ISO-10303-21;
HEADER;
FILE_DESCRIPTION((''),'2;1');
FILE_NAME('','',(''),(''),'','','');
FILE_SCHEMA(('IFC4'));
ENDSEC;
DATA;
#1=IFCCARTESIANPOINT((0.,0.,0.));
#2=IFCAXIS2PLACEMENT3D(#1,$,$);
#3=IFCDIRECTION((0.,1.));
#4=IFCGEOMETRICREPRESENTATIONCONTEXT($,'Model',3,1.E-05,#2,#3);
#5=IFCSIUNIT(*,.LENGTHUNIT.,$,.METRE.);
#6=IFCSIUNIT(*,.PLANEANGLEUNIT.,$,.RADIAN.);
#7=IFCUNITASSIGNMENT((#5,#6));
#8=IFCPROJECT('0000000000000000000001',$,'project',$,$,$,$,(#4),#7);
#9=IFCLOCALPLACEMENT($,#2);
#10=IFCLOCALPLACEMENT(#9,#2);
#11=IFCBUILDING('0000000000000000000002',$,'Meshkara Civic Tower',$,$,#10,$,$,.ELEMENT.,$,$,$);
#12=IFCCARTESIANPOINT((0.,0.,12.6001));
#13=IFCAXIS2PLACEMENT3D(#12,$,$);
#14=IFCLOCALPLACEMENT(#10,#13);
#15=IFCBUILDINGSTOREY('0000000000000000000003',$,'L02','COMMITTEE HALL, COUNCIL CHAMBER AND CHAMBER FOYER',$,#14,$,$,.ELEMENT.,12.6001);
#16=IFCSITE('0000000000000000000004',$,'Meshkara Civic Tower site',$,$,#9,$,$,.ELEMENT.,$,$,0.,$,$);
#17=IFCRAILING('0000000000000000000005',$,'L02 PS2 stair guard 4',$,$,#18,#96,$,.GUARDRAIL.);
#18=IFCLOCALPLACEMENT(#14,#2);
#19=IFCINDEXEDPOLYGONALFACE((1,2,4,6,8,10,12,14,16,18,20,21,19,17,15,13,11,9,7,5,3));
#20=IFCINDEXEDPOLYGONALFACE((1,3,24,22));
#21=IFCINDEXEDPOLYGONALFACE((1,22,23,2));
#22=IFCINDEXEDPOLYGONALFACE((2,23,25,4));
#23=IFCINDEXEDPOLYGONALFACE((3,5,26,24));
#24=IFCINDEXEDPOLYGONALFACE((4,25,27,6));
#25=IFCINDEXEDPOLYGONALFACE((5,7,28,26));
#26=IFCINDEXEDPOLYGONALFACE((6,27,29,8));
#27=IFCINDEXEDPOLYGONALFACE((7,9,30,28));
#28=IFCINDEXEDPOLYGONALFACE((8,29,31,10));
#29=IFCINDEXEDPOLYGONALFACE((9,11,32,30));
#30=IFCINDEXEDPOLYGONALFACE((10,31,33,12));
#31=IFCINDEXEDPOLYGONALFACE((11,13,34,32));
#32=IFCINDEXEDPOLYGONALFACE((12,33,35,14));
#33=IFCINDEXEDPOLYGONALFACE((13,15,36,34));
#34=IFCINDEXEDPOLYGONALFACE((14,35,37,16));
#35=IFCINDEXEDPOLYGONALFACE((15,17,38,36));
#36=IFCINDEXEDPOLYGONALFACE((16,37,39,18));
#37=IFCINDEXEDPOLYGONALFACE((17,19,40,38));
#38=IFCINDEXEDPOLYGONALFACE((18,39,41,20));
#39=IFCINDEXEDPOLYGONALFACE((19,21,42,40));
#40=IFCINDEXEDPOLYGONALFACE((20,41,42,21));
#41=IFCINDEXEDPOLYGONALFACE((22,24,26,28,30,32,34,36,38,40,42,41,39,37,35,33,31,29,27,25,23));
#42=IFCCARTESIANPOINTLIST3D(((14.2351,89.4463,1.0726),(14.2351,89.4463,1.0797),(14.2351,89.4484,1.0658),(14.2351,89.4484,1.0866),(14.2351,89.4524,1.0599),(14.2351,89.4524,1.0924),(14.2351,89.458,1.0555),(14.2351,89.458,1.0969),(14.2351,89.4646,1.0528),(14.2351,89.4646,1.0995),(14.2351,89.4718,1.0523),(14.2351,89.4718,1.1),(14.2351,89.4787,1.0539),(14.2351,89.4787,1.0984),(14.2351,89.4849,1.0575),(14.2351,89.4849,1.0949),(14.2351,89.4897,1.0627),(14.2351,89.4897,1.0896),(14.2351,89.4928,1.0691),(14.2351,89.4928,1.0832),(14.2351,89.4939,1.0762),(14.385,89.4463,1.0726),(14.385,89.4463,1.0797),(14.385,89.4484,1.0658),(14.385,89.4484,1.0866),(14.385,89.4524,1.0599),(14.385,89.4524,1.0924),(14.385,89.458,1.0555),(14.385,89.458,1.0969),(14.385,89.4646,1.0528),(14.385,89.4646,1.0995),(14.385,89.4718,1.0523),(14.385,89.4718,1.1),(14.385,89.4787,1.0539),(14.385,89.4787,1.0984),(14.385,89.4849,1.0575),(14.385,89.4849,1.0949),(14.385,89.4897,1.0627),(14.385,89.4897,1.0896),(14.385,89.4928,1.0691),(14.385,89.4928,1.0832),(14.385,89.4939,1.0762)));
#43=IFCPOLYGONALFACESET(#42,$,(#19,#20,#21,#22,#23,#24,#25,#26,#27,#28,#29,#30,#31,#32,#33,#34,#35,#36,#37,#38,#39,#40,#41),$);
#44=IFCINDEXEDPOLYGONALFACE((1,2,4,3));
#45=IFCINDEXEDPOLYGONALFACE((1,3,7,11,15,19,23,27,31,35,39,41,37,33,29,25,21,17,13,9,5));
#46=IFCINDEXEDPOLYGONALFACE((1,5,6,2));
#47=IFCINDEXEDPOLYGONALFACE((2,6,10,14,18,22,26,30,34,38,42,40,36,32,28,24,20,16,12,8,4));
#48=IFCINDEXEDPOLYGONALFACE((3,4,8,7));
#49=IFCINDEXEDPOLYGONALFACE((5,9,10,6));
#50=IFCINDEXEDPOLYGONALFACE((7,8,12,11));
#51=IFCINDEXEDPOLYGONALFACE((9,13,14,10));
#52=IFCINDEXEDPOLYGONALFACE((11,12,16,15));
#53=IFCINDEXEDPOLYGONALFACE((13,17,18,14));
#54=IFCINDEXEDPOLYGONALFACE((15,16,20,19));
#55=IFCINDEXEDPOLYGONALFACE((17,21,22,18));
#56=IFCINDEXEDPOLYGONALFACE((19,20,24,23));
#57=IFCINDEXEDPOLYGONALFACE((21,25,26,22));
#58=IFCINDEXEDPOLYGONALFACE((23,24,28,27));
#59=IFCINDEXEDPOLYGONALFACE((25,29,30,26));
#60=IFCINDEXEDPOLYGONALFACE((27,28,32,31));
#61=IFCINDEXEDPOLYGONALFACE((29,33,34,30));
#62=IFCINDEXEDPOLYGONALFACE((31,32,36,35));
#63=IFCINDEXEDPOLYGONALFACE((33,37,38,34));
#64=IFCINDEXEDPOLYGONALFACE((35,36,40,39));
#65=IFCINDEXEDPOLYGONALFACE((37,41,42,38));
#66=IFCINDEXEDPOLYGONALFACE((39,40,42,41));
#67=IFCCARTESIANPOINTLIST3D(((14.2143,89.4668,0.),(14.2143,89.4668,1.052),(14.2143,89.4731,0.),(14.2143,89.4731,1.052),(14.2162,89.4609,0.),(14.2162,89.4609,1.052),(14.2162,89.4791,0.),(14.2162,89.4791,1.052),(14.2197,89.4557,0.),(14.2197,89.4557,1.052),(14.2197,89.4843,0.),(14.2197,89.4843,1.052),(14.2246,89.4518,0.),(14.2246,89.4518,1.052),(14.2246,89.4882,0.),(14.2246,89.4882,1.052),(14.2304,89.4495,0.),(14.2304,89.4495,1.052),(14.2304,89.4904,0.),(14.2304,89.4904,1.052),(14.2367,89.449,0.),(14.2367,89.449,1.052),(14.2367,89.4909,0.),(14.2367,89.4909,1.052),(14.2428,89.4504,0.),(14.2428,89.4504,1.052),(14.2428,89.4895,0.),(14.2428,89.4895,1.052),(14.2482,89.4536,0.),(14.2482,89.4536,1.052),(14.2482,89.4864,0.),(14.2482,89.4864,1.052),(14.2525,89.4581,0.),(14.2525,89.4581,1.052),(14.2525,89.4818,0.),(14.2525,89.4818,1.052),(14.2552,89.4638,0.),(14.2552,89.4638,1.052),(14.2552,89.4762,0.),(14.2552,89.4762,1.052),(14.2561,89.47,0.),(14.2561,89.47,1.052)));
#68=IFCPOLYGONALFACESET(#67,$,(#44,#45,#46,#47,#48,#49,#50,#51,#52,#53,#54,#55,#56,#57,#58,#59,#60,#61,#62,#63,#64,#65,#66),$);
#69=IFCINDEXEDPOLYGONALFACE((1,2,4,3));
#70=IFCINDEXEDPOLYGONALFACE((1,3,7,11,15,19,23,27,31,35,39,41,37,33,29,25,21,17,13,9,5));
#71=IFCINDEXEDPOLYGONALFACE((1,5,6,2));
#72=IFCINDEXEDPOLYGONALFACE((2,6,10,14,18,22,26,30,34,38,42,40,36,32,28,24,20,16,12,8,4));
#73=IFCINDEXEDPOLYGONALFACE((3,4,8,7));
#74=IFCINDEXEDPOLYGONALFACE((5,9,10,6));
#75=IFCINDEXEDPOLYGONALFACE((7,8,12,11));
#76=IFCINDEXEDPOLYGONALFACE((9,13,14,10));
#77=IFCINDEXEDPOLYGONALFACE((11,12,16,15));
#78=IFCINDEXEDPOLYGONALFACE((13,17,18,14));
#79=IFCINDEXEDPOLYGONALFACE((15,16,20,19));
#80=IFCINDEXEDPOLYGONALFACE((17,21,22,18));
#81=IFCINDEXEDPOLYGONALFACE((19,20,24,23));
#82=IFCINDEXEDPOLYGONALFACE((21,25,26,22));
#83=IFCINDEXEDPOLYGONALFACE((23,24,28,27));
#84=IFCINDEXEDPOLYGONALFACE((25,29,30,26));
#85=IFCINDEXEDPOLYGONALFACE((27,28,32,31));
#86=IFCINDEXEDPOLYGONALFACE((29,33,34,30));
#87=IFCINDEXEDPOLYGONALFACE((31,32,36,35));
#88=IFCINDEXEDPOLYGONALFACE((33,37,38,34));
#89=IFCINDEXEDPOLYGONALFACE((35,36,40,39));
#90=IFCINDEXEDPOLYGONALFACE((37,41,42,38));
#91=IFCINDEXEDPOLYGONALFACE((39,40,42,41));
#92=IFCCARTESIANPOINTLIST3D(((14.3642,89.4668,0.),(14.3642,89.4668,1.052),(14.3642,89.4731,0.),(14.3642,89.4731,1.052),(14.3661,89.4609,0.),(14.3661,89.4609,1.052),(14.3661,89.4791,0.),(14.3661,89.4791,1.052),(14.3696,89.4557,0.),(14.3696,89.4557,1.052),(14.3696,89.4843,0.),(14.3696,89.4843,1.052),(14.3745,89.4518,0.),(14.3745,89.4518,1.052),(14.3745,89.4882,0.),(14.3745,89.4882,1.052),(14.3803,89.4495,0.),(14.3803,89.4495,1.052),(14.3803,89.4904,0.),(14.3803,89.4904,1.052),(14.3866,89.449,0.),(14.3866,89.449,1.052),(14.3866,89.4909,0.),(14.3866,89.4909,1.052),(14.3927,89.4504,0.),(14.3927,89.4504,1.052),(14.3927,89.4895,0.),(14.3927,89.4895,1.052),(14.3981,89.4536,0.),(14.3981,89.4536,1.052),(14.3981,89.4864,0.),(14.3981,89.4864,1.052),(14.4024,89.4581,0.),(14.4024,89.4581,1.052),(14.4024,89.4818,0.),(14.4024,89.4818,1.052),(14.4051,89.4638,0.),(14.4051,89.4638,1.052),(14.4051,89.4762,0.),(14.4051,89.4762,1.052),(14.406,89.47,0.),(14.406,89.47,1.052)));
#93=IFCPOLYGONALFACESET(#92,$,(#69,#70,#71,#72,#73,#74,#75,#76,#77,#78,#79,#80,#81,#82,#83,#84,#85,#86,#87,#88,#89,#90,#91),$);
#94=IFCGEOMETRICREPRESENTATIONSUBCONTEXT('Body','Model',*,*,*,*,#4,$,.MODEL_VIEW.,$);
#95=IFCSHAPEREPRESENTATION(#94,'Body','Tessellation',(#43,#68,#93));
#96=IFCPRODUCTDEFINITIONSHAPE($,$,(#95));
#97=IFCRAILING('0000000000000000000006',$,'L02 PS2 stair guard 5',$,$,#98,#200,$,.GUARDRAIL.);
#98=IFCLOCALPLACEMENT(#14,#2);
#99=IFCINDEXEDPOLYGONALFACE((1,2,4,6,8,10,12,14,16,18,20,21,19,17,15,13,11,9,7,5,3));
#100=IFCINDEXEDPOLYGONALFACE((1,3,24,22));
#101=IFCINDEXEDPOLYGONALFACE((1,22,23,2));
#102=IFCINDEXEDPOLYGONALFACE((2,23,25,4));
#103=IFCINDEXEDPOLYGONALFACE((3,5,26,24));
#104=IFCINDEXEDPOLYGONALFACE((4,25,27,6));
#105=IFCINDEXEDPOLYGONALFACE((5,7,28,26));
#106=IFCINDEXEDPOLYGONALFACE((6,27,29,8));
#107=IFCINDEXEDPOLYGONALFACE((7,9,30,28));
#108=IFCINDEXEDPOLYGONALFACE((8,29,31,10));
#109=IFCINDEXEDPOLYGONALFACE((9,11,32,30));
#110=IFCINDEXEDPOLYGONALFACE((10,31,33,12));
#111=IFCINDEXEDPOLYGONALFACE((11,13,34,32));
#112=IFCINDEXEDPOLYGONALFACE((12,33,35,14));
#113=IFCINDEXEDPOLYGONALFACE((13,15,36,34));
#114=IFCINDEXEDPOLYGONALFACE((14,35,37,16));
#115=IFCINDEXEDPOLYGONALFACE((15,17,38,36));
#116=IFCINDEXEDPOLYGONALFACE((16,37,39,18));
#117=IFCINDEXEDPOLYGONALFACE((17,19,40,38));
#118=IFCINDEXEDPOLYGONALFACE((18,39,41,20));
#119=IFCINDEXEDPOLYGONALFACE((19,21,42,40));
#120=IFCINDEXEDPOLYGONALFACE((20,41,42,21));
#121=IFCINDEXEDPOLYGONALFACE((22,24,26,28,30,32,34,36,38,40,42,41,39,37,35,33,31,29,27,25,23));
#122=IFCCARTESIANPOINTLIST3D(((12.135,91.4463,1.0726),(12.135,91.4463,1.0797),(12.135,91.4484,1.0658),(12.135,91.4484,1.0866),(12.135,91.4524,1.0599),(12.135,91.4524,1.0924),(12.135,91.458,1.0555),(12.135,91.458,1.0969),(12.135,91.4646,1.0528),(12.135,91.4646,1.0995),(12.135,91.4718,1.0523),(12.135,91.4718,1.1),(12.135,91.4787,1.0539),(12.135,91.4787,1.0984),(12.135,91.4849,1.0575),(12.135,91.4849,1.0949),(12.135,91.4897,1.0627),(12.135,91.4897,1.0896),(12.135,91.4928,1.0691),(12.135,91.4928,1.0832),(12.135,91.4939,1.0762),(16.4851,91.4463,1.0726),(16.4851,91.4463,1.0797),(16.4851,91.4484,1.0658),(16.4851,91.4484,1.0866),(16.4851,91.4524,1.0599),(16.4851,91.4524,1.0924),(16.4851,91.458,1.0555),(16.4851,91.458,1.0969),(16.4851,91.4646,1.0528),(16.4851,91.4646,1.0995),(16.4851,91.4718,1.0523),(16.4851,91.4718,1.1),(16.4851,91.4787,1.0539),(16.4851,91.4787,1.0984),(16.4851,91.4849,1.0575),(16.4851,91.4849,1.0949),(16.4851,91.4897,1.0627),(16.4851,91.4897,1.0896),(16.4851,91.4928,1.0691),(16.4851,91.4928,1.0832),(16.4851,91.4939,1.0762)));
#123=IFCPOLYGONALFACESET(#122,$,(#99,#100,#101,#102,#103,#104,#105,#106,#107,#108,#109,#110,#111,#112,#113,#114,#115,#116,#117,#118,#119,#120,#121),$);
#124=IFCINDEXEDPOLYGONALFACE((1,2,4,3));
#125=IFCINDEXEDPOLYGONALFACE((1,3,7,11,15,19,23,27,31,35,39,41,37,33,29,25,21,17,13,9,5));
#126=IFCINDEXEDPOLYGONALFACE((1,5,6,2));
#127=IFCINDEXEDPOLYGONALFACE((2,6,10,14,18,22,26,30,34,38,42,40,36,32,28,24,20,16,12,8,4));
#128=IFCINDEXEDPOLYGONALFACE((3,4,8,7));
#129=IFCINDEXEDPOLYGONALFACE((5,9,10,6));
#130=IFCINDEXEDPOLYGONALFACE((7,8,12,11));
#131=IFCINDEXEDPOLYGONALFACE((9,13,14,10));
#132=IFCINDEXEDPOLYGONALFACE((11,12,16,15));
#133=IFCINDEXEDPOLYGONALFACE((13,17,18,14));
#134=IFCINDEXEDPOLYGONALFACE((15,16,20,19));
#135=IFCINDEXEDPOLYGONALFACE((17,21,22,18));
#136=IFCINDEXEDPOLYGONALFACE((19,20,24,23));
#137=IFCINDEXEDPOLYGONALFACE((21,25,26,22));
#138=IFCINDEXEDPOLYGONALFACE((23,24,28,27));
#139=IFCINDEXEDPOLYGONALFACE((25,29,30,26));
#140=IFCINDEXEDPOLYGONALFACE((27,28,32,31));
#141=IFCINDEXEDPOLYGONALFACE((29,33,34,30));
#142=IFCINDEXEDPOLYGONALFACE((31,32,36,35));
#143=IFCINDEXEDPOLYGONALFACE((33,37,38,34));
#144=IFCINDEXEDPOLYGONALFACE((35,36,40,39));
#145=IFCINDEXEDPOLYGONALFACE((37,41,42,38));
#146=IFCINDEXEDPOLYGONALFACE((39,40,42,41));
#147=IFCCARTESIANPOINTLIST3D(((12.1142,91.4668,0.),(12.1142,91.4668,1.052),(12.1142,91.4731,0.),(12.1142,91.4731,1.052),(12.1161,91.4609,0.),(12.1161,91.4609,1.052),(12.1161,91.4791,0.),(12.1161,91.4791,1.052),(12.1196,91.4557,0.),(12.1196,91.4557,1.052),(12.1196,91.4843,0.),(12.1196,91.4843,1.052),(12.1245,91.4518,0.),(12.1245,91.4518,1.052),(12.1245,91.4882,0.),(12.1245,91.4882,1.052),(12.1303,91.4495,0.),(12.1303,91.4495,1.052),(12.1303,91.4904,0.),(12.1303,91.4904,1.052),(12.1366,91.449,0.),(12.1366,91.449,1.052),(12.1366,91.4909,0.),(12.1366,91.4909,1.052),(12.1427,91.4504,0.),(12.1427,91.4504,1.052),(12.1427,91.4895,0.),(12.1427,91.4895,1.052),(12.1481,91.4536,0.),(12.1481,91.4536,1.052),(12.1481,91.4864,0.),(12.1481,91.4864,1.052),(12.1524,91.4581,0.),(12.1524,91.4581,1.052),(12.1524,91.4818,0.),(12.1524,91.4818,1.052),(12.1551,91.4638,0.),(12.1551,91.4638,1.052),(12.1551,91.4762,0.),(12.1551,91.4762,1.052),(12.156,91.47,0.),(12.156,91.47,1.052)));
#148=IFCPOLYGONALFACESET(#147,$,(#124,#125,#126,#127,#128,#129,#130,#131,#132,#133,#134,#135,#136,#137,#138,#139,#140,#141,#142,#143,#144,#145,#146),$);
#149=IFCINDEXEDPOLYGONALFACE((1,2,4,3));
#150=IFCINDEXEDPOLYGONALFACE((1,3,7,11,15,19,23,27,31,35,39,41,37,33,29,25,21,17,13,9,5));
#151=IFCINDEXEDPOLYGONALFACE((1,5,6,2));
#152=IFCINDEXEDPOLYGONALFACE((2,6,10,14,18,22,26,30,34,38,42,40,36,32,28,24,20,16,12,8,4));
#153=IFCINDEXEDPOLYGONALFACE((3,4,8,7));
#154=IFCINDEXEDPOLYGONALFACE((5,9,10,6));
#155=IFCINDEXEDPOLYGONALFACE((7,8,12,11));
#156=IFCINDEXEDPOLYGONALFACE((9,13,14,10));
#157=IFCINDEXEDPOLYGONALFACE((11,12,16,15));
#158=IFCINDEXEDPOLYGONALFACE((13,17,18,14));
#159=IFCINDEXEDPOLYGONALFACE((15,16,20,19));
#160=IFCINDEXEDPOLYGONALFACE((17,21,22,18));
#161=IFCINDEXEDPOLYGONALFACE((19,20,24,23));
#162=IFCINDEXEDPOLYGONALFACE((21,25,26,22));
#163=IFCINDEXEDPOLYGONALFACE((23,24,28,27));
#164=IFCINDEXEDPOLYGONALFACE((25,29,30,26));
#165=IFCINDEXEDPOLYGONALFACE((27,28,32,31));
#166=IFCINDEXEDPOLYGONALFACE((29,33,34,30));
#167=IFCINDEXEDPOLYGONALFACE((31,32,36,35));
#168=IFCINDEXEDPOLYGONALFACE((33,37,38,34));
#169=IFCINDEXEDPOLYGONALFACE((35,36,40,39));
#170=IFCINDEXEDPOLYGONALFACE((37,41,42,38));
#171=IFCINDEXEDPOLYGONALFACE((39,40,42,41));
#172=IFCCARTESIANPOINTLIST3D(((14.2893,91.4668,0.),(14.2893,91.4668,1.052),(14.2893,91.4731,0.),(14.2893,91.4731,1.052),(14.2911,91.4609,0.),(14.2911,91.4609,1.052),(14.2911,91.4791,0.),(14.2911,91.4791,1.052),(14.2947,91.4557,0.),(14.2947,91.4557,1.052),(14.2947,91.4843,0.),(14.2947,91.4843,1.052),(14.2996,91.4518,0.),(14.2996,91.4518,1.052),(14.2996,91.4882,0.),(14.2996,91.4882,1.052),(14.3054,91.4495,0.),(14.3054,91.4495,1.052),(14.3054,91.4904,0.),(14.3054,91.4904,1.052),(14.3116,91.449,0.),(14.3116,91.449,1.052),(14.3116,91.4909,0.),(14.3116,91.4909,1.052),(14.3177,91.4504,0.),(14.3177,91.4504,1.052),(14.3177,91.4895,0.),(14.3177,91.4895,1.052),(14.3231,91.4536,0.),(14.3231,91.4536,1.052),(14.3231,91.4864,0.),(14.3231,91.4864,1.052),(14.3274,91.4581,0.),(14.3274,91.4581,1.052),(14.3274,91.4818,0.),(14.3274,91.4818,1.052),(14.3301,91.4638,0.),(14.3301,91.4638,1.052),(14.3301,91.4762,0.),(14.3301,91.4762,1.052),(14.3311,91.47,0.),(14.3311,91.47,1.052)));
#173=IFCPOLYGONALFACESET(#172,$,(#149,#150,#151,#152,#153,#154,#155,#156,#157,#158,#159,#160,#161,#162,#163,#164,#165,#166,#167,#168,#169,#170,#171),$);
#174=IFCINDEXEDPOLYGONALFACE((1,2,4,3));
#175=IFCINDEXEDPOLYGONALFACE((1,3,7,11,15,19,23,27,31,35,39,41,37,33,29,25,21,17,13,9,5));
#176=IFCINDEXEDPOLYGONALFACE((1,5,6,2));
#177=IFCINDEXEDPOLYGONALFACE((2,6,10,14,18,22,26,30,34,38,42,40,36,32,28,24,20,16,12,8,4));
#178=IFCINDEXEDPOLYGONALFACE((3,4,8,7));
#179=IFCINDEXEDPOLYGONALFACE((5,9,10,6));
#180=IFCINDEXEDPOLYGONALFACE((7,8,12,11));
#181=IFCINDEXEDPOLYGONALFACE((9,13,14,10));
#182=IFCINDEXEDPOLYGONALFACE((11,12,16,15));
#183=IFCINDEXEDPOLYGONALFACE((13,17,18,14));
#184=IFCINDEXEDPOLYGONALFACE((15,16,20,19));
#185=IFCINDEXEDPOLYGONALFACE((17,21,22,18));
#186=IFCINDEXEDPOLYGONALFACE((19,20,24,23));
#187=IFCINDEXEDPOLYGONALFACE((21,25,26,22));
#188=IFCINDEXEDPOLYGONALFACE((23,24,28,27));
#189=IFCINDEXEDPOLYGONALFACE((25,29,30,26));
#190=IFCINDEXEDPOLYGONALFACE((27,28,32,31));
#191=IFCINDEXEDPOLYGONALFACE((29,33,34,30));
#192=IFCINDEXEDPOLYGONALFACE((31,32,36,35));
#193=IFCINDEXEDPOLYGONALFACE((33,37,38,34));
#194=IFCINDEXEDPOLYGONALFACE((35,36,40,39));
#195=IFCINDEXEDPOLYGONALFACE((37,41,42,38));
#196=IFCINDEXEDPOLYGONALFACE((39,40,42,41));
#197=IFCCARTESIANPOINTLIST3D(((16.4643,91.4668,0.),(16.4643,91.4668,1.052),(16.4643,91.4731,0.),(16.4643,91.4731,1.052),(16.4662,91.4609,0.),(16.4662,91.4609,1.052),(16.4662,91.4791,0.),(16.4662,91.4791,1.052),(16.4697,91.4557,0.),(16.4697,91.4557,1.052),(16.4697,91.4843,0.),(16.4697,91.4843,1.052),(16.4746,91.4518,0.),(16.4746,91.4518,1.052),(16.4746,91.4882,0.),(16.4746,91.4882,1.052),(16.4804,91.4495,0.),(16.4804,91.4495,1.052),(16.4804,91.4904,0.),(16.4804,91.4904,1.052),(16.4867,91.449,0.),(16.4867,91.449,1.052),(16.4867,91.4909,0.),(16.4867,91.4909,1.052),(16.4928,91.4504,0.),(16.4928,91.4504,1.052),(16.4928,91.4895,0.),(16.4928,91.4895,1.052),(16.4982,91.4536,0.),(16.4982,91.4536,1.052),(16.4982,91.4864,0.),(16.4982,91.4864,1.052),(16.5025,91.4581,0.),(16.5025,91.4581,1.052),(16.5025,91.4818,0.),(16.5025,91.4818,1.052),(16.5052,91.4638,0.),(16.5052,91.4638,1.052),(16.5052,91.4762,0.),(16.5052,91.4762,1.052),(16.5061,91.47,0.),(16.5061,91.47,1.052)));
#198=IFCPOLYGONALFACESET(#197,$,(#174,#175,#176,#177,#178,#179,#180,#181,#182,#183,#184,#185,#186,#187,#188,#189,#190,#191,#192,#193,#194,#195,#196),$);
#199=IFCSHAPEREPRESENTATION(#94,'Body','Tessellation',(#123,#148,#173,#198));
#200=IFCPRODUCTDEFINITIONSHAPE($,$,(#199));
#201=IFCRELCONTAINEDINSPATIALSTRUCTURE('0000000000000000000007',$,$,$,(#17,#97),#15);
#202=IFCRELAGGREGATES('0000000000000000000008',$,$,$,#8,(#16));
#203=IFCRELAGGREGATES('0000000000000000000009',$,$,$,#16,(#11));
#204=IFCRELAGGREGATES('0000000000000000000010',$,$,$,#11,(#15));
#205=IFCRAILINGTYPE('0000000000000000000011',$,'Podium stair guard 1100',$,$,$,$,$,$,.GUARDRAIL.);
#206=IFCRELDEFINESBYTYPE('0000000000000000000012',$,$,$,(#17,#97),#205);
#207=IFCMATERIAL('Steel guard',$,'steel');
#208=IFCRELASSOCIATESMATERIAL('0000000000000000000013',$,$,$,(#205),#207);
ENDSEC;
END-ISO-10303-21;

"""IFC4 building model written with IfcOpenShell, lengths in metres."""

from ifc_helpers import new_model, si_unit, direction, frame, origin, origin_2d, place, context, subcontext, project, spatial, circle, extrude, material, type_object, element, save


model = new_model("IFC4")

# Units and contexts
model_context = context("Model", 3, precision=1e-05, world=origin(), true_north=direction((0.0, 1.0)))
body_context = subcontext(model_context, "Body", "Model", "MODEL_VIEW")
ifc_project = project(units=[si_unit("LENGTHUNIT", "METRE"), si_unit("PLANEANGLEUNIT", "RADIAN")], contexts=[model_context])

# Site, building, storey
site_placement = place(None, origin())
site = spatial("IfcSite", under=ifc_project, at=site_placement, Name="Meshkara Civic Tower site", CompositionType="ELEMENT", RefElevation=0.0)
building_placement = place(site_placement, origin())
building = spatial("IfcBuilding", under=site, at=building_placement, Name="Meshkara Civic Tower", CompositionType="ELEMENT")
storey_placement = place(building_placement, frame((0.0, 0.0, 12.6001)))
storey = spatial("IfcBuildingStorey", under=building, at=storey_placement, Name="L02", Description="COMMITTEE HALL, COUNCIL CHAMBER AND CHAMBER FOYER", CompositionType="ELEMENT", Elevation=12.6001)

# Railings
ifc_material_1 = material(Name="Steel guard", Category="steel")
railing_type_1 = type_object("IfcRailingType", Name="Podium stair guard 1100", PredefinedType="GUARDRAIL", material=ifc_material_1)
railing_1_placement = place(storey_placement, frame((14.2351, 89.47, 0.0)))
element("IfcRailing", 1, at=railing_1_placement, inside=storey, type_object=railing_type_1, Name="L02 PS2 stair guard 4", PredefinedType="GUARDRAIL", context=body_context, shape_type="SweptSolid", body=[
    extrude(circle(Radius=0.0239, at=origin_2d()), frame((0.0, 0.0, 1.0762), z_axis=(1.0, 0.0, 0.0), x_axis=(0.0, 1.0, 0.0)), (0.0, 0.0, 1.0), 0.1499),
    extrude(circle(Radius=0.021, at=origin_2d()), origin(), (0.0, 0.0, 1.0), 1.052),
    extrude(circle(Radius=0.021, at=origin_2d()), frame((0.1499, 0.0, 0.0)), (0.0, 0.0, 1.0), 1.052),
])
railing_2_placement = place(storey_placement, frame((12.135, 91.47, 0.0)))
element("IfcRailing", 2, at=railing_2_placement, inside=storey, type_object=railing_type_1, Name="L02 PS2 stair guard 5", PredefinedType="GUARDRAIL", context=body_context, shape_type="SweptSolid", body=[
    extrude(circle(Radius=0.0239, at=origin_2d()), frame((0.0, 0.0, 1.0762), z_axis=(1.0, 0.0, 0.0), x_axis=(0.0, 1.0, 0.0)), (0.0, 0.0, 1.0), 4.3501),
    extrude(circle(Radius=0.021, at=origin_2d()), origin(), (0.0, 0.0, 1.0), 1.052),
    extrude(circle(Radius=0.021, at=origin_2d()), frame((2.175, 0.0, 0.0)), (0.0, 0.0, 1.0), 1.052),
    extrude(circle(Radius=0.021, at=origin_2d()), frame((4.3501, 0.0, 0.0)), (0.0, 0.0, 1.0), 1.052),
])

save(model, "model.ifc")
